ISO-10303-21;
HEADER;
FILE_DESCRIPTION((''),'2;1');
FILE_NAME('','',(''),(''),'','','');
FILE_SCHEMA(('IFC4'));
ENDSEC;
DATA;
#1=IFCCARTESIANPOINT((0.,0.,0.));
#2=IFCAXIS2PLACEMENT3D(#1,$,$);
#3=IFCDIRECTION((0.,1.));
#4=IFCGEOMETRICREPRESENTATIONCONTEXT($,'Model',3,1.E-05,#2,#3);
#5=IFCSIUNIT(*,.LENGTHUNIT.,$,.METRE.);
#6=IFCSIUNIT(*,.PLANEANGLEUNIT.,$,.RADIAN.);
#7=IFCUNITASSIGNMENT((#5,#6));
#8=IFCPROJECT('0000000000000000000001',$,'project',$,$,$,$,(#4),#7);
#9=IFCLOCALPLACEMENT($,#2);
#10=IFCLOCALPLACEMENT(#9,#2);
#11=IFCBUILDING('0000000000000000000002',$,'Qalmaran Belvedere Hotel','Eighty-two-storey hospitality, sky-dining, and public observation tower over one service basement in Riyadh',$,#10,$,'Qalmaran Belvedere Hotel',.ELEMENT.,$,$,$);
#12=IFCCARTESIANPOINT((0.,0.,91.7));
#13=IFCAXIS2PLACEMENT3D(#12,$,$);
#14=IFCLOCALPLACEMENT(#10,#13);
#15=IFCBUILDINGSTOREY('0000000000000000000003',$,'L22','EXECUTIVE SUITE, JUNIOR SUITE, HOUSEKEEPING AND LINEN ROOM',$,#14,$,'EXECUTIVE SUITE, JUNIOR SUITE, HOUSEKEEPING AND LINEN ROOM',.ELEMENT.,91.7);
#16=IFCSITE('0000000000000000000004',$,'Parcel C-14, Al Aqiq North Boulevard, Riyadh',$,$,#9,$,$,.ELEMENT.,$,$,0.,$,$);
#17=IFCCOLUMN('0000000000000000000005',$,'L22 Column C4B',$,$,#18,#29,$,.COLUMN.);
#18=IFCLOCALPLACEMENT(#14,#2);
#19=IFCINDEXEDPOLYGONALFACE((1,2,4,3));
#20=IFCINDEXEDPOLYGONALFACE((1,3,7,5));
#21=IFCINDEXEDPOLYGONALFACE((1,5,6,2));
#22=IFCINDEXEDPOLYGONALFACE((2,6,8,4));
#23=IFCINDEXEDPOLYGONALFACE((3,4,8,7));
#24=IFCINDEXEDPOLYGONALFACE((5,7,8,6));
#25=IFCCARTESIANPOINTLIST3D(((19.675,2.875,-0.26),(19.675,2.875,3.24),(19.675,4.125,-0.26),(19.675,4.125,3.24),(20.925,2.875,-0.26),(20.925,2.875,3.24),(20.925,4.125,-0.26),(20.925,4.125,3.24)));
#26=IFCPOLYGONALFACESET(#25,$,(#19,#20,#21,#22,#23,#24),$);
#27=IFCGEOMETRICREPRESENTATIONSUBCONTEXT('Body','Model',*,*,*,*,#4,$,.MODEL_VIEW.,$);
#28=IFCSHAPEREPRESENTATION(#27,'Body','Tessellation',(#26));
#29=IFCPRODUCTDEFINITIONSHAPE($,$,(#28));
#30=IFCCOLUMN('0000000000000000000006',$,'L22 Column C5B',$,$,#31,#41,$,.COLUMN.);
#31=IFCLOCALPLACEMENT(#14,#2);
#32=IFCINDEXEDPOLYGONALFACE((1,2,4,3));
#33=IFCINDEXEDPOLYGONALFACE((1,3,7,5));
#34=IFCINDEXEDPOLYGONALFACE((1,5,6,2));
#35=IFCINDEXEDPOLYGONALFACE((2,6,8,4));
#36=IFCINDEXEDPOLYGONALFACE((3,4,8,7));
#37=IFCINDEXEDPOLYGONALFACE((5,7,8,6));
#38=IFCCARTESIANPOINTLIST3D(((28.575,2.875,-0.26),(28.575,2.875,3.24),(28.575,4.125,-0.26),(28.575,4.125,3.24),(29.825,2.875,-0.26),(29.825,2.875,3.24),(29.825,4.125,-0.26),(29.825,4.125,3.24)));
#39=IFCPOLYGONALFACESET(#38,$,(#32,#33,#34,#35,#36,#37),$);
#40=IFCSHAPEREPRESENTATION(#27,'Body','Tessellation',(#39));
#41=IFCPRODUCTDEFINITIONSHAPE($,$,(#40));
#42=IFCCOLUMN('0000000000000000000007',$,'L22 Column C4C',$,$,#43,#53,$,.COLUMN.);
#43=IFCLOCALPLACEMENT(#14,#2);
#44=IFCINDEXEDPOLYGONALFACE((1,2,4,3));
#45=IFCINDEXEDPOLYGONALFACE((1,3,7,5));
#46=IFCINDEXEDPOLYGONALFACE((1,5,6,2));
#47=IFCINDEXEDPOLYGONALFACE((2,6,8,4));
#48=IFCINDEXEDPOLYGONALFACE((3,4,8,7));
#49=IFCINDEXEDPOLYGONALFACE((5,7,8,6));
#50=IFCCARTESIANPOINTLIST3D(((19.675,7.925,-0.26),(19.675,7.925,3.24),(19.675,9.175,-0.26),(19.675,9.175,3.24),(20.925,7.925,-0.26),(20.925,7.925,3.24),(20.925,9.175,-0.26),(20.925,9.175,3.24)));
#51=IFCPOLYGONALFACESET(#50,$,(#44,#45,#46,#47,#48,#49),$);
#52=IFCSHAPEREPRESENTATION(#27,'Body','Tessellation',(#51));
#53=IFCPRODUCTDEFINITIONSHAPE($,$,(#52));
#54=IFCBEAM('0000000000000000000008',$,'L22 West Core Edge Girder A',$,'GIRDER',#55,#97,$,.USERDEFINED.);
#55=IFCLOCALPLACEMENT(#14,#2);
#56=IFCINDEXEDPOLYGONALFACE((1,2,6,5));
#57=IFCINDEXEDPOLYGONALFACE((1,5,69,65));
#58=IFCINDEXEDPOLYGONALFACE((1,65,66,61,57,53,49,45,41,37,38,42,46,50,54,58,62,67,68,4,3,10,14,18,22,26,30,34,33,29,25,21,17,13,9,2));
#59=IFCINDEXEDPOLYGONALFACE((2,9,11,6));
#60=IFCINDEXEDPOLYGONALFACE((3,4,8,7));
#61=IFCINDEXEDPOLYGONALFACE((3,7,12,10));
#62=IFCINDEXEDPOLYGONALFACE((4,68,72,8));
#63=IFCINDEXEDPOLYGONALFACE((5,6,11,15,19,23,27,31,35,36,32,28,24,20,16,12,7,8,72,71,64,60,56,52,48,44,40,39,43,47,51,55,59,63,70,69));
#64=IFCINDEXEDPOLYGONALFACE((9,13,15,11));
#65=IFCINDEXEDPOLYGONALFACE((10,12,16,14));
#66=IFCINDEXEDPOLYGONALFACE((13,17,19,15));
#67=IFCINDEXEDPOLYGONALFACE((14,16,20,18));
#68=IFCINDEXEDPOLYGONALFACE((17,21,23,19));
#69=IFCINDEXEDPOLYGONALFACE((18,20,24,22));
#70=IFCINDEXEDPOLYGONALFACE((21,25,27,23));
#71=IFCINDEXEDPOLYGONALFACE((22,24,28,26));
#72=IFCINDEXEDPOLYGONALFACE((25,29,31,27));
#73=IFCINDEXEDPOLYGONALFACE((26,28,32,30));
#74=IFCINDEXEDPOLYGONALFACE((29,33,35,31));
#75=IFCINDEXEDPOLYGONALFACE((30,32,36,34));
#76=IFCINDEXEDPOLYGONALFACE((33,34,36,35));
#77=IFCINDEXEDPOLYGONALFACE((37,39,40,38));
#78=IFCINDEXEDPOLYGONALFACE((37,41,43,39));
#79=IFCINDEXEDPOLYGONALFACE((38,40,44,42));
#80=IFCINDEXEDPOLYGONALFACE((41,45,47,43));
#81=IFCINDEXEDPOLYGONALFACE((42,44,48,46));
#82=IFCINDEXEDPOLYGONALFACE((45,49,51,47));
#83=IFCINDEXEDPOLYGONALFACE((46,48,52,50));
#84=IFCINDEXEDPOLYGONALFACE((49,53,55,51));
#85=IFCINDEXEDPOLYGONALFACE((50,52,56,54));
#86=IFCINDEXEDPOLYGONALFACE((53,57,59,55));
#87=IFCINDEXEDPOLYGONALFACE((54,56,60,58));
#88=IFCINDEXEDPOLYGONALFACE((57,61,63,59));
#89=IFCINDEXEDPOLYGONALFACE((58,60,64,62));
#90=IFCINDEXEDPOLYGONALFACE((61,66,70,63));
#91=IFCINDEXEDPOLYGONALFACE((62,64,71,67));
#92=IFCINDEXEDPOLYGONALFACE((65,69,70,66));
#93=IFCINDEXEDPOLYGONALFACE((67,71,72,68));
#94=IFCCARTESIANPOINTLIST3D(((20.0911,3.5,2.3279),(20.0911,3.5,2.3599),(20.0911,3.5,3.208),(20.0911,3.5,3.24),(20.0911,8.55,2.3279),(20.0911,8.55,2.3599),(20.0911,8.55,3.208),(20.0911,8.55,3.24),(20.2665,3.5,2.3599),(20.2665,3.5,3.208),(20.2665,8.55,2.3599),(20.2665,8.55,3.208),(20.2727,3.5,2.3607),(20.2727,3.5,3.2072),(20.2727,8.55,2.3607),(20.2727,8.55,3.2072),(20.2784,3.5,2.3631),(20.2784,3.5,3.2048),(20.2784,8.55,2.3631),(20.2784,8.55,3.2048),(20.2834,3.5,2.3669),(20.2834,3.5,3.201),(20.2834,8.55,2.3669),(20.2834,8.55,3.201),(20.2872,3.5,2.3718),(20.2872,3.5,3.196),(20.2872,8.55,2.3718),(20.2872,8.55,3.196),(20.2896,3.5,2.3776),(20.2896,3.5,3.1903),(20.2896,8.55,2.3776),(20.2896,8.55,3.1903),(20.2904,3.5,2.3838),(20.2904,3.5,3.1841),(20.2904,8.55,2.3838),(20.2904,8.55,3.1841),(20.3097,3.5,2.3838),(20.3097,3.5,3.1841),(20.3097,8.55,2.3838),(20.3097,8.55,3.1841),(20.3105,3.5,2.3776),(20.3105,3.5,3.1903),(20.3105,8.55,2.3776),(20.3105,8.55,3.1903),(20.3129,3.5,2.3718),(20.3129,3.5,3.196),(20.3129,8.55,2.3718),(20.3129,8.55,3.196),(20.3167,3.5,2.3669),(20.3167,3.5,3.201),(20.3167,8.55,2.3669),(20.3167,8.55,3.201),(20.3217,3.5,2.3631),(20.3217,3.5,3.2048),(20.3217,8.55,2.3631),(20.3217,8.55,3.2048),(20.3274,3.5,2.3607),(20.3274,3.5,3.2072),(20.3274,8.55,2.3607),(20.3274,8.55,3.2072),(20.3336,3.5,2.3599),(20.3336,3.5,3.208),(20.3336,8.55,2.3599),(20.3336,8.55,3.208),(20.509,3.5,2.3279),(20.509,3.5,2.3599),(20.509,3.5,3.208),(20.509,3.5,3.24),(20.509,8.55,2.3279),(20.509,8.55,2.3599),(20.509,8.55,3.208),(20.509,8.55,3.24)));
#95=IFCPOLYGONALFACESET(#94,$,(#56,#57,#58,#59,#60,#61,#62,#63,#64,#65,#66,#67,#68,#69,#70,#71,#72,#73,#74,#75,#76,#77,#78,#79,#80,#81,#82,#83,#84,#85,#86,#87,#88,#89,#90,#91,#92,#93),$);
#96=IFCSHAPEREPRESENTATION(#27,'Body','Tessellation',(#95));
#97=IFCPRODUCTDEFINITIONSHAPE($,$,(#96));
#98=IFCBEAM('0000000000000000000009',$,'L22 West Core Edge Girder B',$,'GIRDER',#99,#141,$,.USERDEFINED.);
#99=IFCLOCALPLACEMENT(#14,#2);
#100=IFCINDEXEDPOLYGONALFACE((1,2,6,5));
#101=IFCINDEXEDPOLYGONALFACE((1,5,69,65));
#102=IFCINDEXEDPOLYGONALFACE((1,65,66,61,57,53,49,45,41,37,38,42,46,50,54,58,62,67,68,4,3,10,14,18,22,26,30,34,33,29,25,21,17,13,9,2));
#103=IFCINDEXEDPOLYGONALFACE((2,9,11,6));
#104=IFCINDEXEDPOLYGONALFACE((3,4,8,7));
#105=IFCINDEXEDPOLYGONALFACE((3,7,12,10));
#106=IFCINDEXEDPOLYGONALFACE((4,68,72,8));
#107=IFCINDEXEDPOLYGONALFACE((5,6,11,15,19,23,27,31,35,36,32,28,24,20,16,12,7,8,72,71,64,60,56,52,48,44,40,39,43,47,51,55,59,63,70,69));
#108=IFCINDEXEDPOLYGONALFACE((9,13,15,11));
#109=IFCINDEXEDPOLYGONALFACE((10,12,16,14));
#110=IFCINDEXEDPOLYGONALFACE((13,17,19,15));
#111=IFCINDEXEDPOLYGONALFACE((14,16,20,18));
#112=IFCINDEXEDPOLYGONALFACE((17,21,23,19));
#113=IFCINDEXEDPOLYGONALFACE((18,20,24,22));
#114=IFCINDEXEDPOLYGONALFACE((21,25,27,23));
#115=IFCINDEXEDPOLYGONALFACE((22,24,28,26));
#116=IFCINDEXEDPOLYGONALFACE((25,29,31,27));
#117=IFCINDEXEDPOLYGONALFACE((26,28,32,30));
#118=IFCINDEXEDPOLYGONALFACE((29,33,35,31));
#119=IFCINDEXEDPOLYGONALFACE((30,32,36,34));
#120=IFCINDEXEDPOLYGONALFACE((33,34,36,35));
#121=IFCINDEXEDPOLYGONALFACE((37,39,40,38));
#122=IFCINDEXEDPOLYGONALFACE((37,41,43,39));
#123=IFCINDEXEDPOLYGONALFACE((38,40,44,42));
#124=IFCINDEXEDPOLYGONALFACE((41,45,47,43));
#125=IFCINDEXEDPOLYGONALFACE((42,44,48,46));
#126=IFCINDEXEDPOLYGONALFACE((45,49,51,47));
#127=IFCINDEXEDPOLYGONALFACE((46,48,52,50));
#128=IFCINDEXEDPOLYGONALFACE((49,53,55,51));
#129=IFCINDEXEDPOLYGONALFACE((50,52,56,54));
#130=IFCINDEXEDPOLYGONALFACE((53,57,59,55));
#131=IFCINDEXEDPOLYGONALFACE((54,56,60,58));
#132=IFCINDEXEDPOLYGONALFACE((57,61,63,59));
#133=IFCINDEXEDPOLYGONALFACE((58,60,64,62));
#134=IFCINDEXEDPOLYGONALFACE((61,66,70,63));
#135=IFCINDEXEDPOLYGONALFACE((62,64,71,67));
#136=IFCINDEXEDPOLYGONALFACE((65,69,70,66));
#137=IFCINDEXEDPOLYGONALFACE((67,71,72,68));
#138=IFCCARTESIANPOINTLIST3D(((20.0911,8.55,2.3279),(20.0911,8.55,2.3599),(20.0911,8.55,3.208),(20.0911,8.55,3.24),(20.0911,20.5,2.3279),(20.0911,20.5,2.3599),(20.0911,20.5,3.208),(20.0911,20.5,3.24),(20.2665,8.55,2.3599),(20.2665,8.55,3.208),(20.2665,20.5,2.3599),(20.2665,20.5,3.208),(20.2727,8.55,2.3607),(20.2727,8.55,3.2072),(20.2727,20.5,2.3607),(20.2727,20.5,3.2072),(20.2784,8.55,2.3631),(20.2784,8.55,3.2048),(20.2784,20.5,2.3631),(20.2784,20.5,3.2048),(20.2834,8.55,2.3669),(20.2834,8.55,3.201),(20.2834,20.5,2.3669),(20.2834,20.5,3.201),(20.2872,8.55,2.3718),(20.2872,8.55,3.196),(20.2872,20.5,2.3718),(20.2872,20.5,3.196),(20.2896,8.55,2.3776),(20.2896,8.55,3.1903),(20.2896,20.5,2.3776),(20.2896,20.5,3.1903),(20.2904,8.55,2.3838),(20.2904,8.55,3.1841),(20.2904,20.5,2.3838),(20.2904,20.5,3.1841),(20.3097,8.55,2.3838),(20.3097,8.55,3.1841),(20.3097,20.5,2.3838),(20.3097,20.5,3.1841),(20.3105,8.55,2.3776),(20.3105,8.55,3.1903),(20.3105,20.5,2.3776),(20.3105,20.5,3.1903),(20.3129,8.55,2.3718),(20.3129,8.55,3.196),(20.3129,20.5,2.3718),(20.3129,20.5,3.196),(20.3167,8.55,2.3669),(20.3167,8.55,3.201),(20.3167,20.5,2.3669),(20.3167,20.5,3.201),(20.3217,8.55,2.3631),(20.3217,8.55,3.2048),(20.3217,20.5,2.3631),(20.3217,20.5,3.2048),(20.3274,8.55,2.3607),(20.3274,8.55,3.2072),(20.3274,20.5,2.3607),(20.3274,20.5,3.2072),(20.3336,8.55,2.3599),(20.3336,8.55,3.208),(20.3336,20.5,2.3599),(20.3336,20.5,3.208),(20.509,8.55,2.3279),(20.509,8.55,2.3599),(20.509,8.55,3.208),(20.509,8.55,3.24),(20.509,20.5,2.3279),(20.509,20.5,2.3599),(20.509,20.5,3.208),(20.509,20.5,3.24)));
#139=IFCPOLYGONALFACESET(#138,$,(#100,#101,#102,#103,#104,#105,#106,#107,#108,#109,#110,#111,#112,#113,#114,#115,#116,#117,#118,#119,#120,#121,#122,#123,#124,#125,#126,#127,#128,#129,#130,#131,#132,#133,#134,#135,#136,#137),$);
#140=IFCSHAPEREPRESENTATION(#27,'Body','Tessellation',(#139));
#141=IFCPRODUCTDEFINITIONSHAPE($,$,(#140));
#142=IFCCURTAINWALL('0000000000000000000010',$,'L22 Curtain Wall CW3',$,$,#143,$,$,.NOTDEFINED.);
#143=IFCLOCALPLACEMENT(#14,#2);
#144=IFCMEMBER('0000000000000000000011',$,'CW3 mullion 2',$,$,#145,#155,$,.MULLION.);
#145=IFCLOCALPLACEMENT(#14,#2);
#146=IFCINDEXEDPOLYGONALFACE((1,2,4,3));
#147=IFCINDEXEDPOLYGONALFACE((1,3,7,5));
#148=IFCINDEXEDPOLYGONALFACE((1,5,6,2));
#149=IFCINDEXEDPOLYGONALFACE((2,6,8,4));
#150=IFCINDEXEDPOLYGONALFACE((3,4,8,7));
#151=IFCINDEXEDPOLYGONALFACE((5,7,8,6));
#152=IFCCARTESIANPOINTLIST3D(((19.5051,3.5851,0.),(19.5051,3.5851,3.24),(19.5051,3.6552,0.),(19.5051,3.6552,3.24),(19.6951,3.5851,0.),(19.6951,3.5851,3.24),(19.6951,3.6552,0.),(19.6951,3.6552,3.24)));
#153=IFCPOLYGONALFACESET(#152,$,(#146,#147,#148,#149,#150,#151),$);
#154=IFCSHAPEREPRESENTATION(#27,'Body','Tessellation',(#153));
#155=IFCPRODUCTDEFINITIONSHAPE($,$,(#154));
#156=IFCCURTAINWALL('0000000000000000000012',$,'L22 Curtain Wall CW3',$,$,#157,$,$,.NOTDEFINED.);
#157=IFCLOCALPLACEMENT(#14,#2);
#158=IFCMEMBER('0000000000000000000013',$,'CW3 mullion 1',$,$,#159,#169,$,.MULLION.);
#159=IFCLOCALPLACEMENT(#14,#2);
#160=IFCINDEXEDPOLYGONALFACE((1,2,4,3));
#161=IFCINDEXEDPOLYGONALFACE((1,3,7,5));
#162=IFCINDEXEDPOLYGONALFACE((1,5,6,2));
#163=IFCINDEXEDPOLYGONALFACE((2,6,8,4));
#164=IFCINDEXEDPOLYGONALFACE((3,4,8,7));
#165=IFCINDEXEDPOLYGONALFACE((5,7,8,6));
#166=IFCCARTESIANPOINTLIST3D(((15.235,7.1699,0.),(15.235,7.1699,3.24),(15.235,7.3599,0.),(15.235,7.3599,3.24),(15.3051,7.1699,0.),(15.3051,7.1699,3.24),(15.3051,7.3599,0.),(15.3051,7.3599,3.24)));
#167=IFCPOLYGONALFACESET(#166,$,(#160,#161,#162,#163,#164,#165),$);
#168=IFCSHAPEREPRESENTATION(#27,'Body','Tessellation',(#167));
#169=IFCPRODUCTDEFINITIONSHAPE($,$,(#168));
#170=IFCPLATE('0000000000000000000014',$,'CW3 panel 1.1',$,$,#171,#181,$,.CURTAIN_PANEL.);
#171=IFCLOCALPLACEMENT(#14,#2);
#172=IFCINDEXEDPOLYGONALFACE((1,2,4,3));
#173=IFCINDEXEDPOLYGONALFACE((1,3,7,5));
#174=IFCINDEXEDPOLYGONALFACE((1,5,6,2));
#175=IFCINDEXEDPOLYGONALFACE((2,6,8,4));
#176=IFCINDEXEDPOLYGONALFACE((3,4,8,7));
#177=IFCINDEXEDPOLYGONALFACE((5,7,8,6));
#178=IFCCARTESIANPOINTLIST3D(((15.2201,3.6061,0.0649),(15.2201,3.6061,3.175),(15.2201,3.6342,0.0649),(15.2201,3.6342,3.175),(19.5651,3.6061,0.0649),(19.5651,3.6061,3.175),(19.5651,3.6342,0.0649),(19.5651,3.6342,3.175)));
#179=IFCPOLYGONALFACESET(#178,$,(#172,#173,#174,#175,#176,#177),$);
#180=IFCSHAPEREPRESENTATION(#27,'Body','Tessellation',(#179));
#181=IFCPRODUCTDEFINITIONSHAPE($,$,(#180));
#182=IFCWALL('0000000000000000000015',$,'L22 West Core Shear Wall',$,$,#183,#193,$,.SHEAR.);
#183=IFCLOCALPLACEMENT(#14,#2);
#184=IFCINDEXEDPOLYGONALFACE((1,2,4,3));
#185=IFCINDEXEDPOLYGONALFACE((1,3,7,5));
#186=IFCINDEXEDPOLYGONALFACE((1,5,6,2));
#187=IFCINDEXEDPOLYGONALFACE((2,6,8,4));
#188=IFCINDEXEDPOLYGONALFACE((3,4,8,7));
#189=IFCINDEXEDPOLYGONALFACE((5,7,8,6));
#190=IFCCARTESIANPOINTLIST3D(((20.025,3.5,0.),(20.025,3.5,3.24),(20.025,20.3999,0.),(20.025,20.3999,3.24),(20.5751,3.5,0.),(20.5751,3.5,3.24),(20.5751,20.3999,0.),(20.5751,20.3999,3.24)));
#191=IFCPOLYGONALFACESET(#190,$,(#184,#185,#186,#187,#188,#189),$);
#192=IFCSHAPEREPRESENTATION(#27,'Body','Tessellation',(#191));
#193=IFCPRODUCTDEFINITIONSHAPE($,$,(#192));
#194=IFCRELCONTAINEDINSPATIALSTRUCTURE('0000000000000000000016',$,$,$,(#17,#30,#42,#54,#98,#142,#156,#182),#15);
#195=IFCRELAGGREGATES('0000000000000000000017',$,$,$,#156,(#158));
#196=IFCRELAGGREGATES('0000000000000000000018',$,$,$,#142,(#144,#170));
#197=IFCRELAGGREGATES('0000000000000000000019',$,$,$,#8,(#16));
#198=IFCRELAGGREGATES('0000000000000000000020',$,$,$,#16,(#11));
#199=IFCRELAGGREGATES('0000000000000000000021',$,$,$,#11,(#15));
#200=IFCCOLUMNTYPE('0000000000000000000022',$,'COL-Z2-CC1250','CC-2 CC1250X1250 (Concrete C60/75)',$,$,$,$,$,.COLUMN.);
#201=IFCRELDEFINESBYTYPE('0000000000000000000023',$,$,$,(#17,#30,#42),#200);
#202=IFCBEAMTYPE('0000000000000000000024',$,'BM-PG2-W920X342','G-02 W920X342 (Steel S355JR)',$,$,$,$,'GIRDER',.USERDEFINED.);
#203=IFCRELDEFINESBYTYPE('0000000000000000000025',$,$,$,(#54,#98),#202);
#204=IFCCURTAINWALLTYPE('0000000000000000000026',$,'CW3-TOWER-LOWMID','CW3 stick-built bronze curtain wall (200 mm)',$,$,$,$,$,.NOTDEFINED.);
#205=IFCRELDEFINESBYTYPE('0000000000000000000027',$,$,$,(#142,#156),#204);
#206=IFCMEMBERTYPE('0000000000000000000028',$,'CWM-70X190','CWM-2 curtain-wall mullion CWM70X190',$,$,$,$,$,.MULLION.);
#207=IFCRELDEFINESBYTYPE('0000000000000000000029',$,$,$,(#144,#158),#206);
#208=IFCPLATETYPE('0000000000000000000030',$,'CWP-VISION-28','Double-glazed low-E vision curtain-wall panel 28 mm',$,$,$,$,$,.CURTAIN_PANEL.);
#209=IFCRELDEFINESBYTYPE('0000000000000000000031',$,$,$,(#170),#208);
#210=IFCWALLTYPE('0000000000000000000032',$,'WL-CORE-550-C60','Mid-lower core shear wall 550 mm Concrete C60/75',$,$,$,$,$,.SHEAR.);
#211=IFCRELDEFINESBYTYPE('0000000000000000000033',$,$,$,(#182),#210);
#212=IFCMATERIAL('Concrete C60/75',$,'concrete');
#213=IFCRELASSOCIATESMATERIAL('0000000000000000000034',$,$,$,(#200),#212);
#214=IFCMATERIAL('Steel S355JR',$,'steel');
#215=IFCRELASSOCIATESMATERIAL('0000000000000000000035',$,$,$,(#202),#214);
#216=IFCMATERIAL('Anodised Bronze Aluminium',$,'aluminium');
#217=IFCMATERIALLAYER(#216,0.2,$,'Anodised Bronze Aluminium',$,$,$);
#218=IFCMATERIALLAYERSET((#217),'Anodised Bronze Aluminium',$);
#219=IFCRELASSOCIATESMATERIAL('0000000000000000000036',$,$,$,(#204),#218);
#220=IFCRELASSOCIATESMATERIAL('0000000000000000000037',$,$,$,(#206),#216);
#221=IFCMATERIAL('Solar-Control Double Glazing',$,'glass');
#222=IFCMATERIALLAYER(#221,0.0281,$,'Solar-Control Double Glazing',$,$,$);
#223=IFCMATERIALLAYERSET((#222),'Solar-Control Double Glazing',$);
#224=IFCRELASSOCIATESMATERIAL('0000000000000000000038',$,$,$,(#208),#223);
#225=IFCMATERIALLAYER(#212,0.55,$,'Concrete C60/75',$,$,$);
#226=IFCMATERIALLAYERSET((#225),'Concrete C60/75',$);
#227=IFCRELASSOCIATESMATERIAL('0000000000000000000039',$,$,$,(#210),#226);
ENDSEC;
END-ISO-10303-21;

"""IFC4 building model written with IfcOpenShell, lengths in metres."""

from ifc_helpers import new_model, si_unit, direction, frame, frame_2d, origin, origin_2d, place, context, subcontext, project, spatial, rectangle, i_section, extrude, material, layer, layer_set, material_profile, profile_set, type_object, element, aggregate, save


model = new_model("IFC4")

# Units and contexts
model_context = context("Model", 3, precision=1e-05, world=origin(), true_north=direction((0.0, 1.0)))
body_context = subcontext(model_context, "Body", "Model", "MODEL_VIEW")
ifc_project = project(units=[si_unit("LENGTHUNIT", "METRE"), si_unit("PLANEANGLEUNIT", "RADIAN")], contexts=[model_context])

# Site, building, storey
site_placement = place(None, origin())
site = spatial("IfcSite", under=ifc_project, at=site_placement, Name="Parcel C-14, Al Aqiq North Boulevard, Riyadh", CompositionType="ELEMENT", RefElevation=0.0)
building_placement = place(site_placement, origin())
building = spatial("IfcBuilding", under=site, at=building_placement, Name="Qalmaran Belvedere Hotel", Description="Eighty-two-storey hospitality, sky-dining, and public observation tower over one service basement in Riyadh", LongName="Qalmaran Belvedere Hotel", CompositionType="ELEMENT")
storey_placement = place(building_placement, frame((0.0, 0.0, 91.7)))
storey = spatial("IfcBuildingStorey", under=building, at=storey_placement, Name="L22", Description="EXECUTIVE SUITE, JUNIOR SUITE, HOUSEKEEPING AND LINEN ROOM", LongName="EXECUTIVE SUITE, JUNIOR SUITE, HOUSEKEEPING AND LINEN ROOM", CompositionType="ELEMENT", Elevation=91.7)

# Columns
ifc_material_1 = material(Name="Concrete C60/75", Category="concrete")
ifc_material_profile_1 = material_profile(ifc_material_1, rectangle(XDim=1.25, YDim=1.25, at=origin_2d()), Name="CC1250X1250")
ifc_profile_set_1 = profile_set([ifc_material_profile_1], Name="Concrete C60/75")
column_type = type_object("IfcColumnType", Name="COL-Z2-CC1250", Description="CC-2 CC1250X1250 (Concrete C60/75)", PredefinedType="COLUMN", material=ifc_profile_set_1)
for number, where, z_axis, x_axis, name in (
    (1, (20.3, 3.5, -0.26), (0.0, 0.0, 1.0), (1.0, 0.0, 0.0), "L22 Column C4B"),
    (2, (29.2, 3.5, -0.26), (0.0, 0.0, 1.0), (1.0, 0.0, 0.0), "L22 Column C5B"),
    (3, (20.3, 8.55, -0.26), (0.0, 0.0, 1.0), (1.0, 0.0, 0.0), "L22 Column C4C"),
):
    element("IfcColumn", number, at=place(storey_placement, frame(where, z_axis=z_axis, x_axis=x_axis)), inside=storey, type_object=column_type, Name=name, PredefinedType="COLUMN", context=body_context, shape_type="SweptSolid", body=[
        extrude(rectangle(XDim=1.25, YDim=1.25, at=origin_2d()), origin(), (0.0, 0.0, 1.0), 3.5),
    ])

# Beams
ifc_material_2 = material(Name="Steel S355JR", Category="steel")
ifc_material_profile_2 = material_profile(ifc_material_2, i_section(OverallWidth=0.418, OverallDepth=0.9121, WebThickness=0.0193, FlangeThickness=0.032, FilletRadius=0.0239, at=origin_2d()), Name="W920X342")
ifc_profile_set_2 = profile_set([ifc_material_profile_2], Name="Steel S355JR")
beam_type = type_object("IfcBeamType", Name="BM-PG2-W920X342", Description="G-02 W920X342 (Steel S355JR)", ElementType="GIRDER", PredefinedType="USERDEFINED", material=ifc_profile_set_2)
beam_1_placement = place(storey_placement, frame((20.3, 3.5, 2.7839), z_axis=(0.0, 1.0, 0.0), x_axis=(-1.0, 0.0, 0.0)))
element("IfcBeam", 4, at=beam_1_placement, inside=storey, type_object=beam_type, Name="L22 West Core Edge Girder A", ObjectType="GIRDER", PredefinedType="USERDEFINED", context=body_context, shape_type="SweptSolid", body=[
    extrude(i_section(OverallWidth=0.418, OverallDepth=0.9121, WebThickness=0.0193, FlangeThickness=0.032, FilletRadius=0.0239, at=origin_2d()), origin(), (0.0, 0.0, 1.0), 5.05),
])
beam_2_placement = place(storey_placement, frame((20.3, 8.55, 2.7839), z_axis=(0.0, 1.0, 0.0), x_axis=(-1.0, 0.0, 0.0)))
element("IfcBeam", 5, at=beam_2_placement, inside=storey, type_object=beam_type, Name="L22 West Core Edge Girder B", ObjectType="GIRDER", PredefinedType="USERDEFINED", context=body_context, shape_type="SweptSolid", body=[
    extrude(i_section(OverallWidth=0.418, OverallDepth=0.9121, WebThickness=0.0193, FlangeThickness=0.032, FilletRadius=0.0239, at=origin_2d()), origin(), (0.0, 0.0, 1.0), 11.95),
])

# Curtain walls, members
ifc_material_3 = material(Name="Anodised Bronze Aluminium", Category="aluminium")
ifc_layer_1 = layer(ifc_material_3, 0.2, Name="Anodised Bronze Aluminium")
ifc_layer_set_1 = layer_set([ifc_layer_1], Name="Anodised Bronze Aluminium")
curtain_wall_type = type_object("IfcCurtainWallType", Name="CW3-TOWER-LOWMID", Description="CW3 stick-built bronze curtain wall (200 mm)", PredefinedType="NOTDEFINED", material=ifc_layer_set_1)
curtain_wall_1_placement = place(storey_placement, origin())
curtain_wall_1 = element("IfcCurtainWall", 6, at=curtain_wall_1_placement, inside=storey, type_object=curtain_wall_type, Name="L22 Curtain Wall CW3", PredefinedType="NOTDEFINED")
ifc_material_profile_3 = material_profile(ifc_material_3, rectangle(XDim=0.0701, YDim=0.1899, at=origin_2d()), Name="CWM70X190")
ifc_profile_set_3 = profile_set([ifc_material_profile_3], Name="Anodised Bronze Aluminium")
member_type = type_object("IfcMemberType", Name="CWM-70X190", Description="CWM-2 curtain-wall mullion CWM70X190", PredefinedType="MULLION", material=ifc_profile_set_3)
member_1_placement = place(storey_placement, frame((19.6001, 3.6201, 0.0), z_axis=(0.0, 0.0, 1.0), x_axis=(0.0, 1.0, 0.0)))
member_1 = element("IfcMember", 7, at=member_1_placement, type_object=member_type, Name="CW3 mullion 2", PredefinedType="MULLION", context=body_context, shape_type="SweptSolid", body=[
    extrude(rectangle(XDim=0.0701, YDim=0.1899, at=origin_2d()), origin(), (0.0, 0.0, 1.0), 3.24),
])
curtain_wall_2_placement = place(storey_placement, origin())
curtain_wall_2 = element("IfcCurtainWall", 8, at=curtain_wall_2_placement, inside=storey, type_object=curtain_wall_type, Name="L22 Curtain Wall CW3", PredefinedType="NOTDEFINED")
member_2_placement = place(storey_placement, frame((15.27, 7.2649, 0.0), z_axis=(0.0, 0.0, 1.0), x_axis=(1.0, 0.0, 0.0)))
member_2 = element("IfcMember", 9, at=member_2_placement, type_object=member_type, Name="CW3 mullion 1", PredefinedType="MULLION", context=body_context, shape_type="SweptSolid", body=[
    extrude(rectangle(XDim=0.0701, YDim=0.1899, at=origin_2d()), origin(), (0.0, 0.0, 1.0), 3.24),
])
aggregate(curtain_wall_2, [member_2])

# Plate
ifc_material_4 = material(Name="Solar-Control Double Glazing", Category="glass")
ifc_layer_2 = layer(ifc_material_4, 0.0281, Name="Solar-Control Double Glazing")
ifc_layer_set_2 = layer_set([ifc_layer_2], Name="Solar-Control Double Glazing")
plate_type = type_object("IfcPlateType", Name="CWP-VISION-28", Description="Double-glazed low-E vision curtain-wall panel 28 mm", PredefinedType="CURTAIN_PANEL", material=ifc_layer_set_2)
plate_placement = place(storey_placement, frame((17.3926, 3.6201, 0.0649), z_axis=(0.0, 0.0, 1.0), x_axis=(1.0, 0.0, 0.0)))
plate = element("IfcPlate", 10, at=plate_placement, type_object=plate_type, Name="CW3 panel 1.1", PredefinedType="CURTAIN_PANEL", context=body_context, shape_type="SweptSolid", body=[
    extrude(rectangle(XDim=4.345, YDim=0.0281, at=origin_2d()), origin(), (0.0, 0.0, 1.0), 3.1101),
])
aggregate(curtain_wall_1, [member_1, plate])

# Wall
ifc_layer_3 = layer(ifc_material_1, 0.55, Name="Concrete C60/75")
ifc_layer_set_3 = layer_set([ifc_layer_3], Name="Concrete C60/75")
wall_type_1 = type_object("IfcWallType", Name="WL-CORE-550-C60", Description="Mid-lower core shear wall 550 mm Concrete C60/75", PredefinedType="SHEAR", material=ifc_layer_set_3)
wall_1_placement = place(storey_placement, frame((20.3, 3.5, 0.0), z_axis=(0.0, 0.0, 1.0), x_axis=(0.0, 1.0, 0.0)))
element("IfcWall", 11, at=wall_1_placement, inside=storey, type_object=wall_type_1, Name="L22 West Core Shear Wall", PredefinedType="SHEAR", context=body_context, shape_type="SweptSolid", body=[
    extrude(rectangle(XDim=16.8999, YDim=0.55, at=frame_2d((8.45, 0.0))), origin(), (0.0, 0.0, 1.0), 3.24),
])

save(model, "model.ifc")
